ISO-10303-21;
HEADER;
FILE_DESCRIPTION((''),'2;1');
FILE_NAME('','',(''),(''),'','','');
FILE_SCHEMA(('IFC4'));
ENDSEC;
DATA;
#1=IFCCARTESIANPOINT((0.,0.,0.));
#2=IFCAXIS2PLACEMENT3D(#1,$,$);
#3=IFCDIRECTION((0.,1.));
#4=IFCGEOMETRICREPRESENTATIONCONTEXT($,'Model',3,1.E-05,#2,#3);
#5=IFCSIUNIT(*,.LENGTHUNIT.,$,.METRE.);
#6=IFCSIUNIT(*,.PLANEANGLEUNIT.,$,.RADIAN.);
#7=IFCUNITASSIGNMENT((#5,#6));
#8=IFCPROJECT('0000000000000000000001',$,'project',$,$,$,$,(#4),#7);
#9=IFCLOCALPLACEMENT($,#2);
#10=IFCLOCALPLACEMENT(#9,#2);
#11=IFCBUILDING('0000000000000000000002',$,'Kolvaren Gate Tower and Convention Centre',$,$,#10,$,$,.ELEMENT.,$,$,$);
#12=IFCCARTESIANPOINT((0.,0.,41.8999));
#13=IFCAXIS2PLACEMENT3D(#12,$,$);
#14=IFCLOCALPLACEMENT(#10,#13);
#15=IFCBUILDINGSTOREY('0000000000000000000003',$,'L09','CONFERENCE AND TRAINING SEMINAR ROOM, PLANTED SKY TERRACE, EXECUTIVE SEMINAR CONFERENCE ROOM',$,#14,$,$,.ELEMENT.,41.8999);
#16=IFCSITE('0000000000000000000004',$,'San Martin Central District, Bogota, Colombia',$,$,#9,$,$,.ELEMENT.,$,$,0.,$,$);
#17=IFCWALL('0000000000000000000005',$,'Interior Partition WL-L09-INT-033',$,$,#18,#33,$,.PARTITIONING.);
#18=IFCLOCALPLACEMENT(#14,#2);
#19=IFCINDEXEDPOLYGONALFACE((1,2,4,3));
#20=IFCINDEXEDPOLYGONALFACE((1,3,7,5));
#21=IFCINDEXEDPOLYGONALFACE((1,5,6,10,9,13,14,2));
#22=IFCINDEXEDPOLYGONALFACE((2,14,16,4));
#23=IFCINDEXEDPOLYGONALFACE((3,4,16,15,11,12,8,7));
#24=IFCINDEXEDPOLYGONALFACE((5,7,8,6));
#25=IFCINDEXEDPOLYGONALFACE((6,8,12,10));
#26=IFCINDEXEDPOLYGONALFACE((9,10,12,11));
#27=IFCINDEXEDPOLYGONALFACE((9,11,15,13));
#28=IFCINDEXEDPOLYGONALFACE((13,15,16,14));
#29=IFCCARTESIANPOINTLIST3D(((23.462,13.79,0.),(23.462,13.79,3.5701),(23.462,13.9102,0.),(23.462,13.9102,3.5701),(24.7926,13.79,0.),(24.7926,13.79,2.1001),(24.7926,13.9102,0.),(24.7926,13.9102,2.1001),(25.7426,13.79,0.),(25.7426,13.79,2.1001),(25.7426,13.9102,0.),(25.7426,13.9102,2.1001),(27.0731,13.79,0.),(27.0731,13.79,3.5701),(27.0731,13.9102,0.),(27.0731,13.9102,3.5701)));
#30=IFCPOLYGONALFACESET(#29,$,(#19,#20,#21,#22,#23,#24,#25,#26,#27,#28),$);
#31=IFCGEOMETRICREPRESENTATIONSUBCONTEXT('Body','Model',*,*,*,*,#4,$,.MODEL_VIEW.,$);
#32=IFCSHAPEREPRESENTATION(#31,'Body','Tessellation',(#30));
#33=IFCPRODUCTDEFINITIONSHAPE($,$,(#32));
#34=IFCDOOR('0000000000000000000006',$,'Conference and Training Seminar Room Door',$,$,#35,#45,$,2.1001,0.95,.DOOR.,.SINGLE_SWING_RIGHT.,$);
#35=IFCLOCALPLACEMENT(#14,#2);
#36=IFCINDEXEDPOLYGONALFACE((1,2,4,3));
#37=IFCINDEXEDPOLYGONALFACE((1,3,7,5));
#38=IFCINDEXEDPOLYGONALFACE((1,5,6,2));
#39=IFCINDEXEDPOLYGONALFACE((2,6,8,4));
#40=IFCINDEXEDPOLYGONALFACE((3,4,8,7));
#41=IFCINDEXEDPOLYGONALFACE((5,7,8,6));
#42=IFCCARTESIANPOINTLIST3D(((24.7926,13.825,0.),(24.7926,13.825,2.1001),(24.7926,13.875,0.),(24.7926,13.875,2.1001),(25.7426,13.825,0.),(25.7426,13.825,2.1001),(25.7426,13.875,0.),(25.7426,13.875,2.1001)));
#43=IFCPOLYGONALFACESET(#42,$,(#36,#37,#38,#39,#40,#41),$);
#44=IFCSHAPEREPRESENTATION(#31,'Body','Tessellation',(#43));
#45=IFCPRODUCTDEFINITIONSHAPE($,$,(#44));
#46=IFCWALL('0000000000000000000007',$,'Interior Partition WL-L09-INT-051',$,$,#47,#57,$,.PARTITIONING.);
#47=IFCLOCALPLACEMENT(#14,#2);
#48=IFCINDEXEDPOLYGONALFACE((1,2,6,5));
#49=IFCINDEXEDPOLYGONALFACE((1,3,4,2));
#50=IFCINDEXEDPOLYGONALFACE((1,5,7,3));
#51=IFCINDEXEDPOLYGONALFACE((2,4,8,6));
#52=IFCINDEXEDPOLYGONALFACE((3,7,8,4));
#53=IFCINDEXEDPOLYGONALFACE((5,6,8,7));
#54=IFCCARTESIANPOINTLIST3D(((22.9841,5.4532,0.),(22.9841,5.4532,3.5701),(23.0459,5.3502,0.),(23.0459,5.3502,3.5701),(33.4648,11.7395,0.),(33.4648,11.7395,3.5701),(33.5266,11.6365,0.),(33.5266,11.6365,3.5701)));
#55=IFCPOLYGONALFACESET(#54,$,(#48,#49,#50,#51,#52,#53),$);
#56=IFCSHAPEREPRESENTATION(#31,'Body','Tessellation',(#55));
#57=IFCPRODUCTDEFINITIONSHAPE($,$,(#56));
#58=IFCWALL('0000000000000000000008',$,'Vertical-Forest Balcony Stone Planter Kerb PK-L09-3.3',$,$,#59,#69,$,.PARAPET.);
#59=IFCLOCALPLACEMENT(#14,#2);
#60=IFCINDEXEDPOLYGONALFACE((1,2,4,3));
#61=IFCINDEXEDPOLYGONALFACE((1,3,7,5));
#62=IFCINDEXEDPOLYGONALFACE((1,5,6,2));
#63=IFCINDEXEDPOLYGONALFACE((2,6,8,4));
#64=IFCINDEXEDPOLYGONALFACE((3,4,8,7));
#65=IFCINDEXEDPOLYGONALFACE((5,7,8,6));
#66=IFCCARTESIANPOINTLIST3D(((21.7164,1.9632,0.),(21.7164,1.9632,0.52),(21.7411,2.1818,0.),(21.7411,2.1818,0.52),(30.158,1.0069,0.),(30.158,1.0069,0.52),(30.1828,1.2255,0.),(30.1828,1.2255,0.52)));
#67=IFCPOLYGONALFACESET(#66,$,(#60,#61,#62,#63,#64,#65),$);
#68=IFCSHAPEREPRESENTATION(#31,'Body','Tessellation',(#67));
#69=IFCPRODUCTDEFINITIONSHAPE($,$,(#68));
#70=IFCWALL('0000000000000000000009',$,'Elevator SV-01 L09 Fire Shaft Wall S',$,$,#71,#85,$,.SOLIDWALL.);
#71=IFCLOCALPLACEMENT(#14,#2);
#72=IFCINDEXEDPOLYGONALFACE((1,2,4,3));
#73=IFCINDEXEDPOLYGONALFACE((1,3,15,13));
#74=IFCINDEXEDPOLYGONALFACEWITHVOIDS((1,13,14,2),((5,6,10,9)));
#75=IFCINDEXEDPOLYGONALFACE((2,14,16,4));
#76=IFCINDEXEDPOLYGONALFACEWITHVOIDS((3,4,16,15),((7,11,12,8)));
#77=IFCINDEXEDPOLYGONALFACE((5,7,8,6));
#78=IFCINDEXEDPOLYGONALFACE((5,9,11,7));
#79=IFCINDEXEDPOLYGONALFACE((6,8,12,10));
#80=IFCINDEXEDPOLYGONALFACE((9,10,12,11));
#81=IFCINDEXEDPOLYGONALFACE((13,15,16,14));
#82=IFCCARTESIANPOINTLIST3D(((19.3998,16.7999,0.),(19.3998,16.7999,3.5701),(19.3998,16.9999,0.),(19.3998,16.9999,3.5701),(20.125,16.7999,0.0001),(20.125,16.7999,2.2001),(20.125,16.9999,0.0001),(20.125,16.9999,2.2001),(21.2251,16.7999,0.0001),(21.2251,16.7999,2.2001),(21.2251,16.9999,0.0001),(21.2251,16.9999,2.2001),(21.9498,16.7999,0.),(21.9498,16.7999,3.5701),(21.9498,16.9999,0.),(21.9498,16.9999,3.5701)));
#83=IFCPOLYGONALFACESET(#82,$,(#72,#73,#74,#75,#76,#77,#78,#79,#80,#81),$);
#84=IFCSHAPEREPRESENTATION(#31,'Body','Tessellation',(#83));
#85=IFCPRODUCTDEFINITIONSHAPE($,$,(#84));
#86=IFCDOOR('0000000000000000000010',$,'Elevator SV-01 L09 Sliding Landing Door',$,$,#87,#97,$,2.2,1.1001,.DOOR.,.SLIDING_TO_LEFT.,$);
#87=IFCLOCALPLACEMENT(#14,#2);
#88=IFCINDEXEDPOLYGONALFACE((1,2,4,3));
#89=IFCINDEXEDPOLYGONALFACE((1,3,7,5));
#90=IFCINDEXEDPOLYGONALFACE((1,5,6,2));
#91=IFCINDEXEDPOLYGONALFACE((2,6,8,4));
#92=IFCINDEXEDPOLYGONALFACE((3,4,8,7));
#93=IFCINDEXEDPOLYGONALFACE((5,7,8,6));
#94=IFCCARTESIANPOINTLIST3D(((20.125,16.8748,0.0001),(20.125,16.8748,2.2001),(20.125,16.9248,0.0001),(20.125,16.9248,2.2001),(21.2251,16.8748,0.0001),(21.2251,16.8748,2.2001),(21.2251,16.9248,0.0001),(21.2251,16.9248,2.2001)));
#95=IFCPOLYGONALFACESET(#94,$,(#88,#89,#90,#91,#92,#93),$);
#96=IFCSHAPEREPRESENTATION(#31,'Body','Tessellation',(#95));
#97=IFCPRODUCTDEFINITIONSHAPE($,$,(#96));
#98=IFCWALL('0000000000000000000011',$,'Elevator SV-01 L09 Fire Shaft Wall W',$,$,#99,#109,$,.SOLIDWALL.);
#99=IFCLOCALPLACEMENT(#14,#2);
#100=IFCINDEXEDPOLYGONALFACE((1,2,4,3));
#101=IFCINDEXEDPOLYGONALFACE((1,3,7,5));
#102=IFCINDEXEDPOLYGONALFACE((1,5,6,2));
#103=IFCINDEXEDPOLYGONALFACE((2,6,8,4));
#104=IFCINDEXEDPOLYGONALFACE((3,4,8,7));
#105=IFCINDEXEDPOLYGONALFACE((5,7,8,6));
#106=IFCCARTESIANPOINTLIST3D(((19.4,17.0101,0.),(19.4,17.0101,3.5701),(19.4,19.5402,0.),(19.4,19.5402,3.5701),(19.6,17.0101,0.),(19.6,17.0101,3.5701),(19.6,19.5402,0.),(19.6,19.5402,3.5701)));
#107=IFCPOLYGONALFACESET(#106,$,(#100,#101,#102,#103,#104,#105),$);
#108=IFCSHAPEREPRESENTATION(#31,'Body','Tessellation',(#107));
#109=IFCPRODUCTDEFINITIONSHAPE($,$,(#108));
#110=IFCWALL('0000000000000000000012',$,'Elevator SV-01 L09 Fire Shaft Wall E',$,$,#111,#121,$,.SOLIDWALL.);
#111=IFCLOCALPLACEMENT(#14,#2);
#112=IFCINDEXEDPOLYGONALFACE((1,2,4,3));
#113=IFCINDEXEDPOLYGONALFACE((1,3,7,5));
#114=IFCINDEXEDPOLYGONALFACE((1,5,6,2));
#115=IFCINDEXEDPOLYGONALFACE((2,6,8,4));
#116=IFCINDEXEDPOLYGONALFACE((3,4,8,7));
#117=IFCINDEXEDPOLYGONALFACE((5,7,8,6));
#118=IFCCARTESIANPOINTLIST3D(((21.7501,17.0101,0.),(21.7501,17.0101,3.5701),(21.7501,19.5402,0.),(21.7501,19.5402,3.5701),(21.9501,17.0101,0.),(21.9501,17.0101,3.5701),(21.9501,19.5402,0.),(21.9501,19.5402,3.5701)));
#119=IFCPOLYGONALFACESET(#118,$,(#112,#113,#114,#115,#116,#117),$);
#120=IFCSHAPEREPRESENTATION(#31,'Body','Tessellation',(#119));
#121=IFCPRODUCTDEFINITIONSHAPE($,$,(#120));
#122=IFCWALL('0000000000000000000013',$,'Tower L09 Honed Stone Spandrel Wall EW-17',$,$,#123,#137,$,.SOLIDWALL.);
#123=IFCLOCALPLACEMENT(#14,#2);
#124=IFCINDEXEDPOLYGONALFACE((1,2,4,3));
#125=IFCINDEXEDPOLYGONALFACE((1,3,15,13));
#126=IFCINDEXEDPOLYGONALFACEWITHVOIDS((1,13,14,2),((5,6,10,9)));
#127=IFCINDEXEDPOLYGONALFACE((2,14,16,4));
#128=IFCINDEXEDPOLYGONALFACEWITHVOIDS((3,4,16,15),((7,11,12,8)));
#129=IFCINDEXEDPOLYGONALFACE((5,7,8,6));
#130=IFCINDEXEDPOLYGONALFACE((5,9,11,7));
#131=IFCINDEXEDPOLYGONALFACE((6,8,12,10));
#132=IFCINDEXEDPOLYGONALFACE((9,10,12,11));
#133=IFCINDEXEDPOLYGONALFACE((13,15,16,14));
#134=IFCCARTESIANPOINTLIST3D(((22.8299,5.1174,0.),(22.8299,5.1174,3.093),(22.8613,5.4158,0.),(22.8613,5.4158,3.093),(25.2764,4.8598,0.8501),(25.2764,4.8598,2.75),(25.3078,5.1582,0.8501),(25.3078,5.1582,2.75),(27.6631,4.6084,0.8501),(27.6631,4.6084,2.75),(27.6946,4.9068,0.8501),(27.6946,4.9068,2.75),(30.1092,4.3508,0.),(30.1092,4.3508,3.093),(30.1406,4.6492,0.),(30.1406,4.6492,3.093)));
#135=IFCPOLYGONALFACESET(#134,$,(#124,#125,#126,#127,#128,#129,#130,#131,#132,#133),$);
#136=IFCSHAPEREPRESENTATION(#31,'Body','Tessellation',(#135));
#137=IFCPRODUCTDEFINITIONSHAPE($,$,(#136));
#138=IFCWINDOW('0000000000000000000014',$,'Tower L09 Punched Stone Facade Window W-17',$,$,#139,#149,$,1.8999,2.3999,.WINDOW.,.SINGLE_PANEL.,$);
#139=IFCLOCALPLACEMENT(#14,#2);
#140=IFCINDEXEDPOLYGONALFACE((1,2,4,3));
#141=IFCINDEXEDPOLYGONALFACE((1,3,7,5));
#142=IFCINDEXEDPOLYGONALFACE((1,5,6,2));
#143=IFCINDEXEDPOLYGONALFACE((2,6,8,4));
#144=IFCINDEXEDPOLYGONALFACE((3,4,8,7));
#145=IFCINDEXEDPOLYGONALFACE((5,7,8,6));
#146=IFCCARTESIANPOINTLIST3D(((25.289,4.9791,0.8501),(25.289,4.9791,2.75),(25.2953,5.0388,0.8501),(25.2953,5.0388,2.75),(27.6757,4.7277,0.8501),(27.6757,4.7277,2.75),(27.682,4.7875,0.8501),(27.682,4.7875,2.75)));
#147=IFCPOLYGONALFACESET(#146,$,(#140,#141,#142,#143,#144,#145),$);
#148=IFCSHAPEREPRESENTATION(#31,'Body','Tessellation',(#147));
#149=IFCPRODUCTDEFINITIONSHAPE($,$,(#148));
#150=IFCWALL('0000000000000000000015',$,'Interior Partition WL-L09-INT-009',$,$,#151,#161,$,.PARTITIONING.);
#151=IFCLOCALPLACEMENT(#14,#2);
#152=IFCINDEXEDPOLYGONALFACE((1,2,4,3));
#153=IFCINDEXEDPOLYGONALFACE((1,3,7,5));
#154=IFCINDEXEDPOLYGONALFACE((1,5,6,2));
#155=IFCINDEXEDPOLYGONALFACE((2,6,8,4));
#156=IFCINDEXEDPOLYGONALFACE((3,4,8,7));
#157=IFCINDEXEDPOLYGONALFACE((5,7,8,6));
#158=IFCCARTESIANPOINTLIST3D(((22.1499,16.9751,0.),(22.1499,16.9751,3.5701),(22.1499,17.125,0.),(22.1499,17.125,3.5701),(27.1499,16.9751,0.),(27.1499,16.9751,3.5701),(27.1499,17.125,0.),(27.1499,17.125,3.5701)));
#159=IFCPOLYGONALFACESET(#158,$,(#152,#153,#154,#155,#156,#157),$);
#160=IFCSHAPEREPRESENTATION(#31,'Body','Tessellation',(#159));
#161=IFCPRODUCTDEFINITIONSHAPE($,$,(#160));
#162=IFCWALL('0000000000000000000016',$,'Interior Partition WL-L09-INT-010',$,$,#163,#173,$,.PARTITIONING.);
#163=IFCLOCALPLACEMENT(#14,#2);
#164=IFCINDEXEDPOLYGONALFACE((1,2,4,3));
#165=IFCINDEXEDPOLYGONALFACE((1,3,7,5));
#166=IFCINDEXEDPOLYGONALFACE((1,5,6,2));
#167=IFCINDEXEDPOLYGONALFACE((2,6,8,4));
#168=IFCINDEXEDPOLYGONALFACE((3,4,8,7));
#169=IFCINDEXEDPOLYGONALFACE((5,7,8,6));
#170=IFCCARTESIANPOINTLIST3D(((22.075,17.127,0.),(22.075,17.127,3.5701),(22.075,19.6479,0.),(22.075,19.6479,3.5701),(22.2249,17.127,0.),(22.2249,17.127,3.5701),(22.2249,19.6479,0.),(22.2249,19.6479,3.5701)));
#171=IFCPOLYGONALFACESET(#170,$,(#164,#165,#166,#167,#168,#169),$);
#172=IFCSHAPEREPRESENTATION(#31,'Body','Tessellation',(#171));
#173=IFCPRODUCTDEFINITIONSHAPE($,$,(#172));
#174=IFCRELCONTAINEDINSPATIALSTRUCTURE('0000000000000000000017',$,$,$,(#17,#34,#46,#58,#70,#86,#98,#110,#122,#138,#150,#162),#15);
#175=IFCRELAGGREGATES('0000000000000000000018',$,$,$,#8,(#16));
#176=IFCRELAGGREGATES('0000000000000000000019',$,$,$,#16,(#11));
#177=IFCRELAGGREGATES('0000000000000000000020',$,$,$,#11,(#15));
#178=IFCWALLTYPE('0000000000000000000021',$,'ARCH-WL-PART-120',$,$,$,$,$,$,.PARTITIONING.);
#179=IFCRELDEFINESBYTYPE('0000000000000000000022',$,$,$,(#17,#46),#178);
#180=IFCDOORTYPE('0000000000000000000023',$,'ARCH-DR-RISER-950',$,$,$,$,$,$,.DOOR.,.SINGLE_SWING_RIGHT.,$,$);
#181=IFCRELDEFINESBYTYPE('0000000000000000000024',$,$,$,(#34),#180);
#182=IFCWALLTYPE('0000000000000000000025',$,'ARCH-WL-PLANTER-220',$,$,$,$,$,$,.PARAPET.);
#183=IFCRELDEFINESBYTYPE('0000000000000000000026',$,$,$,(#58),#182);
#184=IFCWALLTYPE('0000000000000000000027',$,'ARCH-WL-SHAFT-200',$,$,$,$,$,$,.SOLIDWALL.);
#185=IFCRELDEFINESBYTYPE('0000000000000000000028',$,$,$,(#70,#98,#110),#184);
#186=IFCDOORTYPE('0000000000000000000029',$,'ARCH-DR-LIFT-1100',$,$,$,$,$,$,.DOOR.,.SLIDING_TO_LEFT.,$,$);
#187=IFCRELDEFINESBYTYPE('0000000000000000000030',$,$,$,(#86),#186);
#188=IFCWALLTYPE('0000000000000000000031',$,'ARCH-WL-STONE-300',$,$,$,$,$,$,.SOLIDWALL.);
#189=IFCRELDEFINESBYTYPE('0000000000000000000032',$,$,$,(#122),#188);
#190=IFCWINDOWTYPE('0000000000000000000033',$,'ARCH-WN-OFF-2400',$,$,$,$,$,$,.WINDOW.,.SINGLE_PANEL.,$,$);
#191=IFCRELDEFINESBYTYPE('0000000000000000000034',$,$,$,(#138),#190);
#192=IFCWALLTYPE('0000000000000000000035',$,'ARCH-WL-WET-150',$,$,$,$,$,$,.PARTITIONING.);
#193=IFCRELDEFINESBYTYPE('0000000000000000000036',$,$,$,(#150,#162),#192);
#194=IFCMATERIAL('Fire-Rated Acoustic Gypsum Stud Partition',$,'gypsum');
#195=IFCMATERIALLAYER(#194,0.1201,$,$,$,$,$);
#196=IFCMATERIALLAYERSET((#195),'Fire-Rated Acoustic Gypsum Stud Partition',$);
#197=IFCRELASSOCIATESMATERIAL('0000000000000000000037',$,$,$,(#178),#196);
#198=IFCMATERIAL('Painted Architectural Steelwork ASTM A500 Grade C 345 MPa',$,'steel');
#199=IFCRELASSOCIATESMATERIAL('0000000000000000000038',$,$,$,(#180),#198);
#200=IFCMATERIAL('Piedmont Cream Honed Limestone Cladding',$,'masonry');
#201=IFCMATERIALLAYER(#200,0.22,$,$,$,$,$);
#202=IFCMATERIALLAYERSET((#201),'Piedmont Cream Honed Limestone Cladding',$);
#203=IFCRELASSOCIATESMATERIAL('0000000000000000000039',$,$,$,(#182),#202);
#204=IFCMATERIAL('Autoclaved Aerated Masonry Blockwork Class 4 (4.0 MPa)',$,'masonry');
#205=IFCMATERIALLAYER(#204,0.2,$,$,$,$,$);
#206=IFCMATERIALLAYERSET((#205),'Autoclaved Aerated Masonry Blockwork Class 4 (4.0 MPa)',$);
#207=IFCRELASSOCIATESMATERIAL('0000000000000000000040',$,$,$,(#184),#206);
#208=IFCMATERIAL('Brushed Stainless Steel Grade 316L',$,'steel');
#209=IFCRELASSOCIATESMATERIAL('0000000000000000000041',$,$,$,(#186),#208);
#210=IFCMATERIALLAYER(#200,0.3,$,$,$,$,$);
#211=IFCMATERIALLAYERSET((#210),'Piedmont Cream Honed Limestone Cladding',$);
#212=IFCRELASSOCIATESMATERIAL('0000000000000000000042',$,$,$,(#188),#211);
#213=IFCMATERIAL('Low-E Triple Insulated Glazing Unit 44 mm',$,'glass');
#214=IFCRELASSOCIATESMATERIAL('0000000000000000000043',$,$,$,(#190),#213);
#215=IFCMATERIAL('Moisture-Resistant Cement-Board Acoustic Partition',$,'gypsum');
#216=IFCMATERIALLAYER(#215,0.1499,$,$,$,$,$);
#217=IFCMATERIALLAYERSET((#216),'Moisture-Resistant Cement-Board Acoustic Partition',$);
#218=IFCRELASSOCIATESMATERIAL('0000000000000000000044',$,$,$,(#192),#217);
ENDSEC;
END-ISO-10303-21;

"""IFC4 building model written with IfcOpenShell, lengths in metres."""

from ifc_helpers import new_model, si_unit, direction, frame, frame_2d, origin, place, context, subcontext, project, spatial, rectangle, extrude, material, layer, layer_set, type_object, element, fill, save


model = new_model("IFC4")

# Units and contexts
model_context = context("Model", 3, precision=1e-05, world=origin(), true_north=direction((0.0, 1.0)))
body_context = subcontext(model_context, "Body", "Model", "MODEL_VIEW")
ifc_project = project(units=[si_unit("LENGTHUNIT", "METRE"), si_unit("PLANEANGLEUNIT", "RADIAN")], contexts=[model_context])

# Site, building, storey
site_placement = place(None, origin())
site = spatial("IfcSite", under=ifc_project, at=site_placement, Name="San Martin Central District, Bogota, Colombia", CompositionType="ELEMENT", RefElevation=0.0)
building_placement = place(site_placement, origin())
building = spatial("IfcBuilding", under=site, at=building_placement, Name="Kolvaren Gate Tower and Convention Centre", CompositionType="ELEMENT")
storey_placement = place(building_placement, frame((0.0, 0.0, 41.8999)))
storey = spatial("IfcBuildingStorey", under=building, at=storey_placement, Name="L09", Description="CONFERENCE AND TRAINING SEMINAR ROOM, PLANTED SKY TERRACE, EXECUTIVE SEMINAR CONFERENCE ROOM", CompositionType="ELEMENT", Elevation=41.8999)

# Shared definitions
ifc_material_1 = material(Name="Fire-Rated Acoustic Gypsum Stud Partition", Category="gypsum")
ifc_layer_1 = layer(ifc_material_1, 0.1201)
ifc_layer_set_1 = layer_set([ifc_layer_1], Name="Fire-Rated Acoustic Gypsum Stud Partition")
wall_type_1 = type_object("IfcWallType", Name="ARCH-WL-PART-120", PredefinedType="PARTITIONING", material=ifc_layer_set_1)

# Shared definitions
ifc_material_2 = material(Name="Painted Architectural Steelwork ASTM A500 Grade C 345 MPa", Category="steel")
door_type_1 = type_object("IfcDoorType", Name="ARCH-DR-RISER-950", OperationType="SINGLE_SWING_RIGHT", PredefinedType="DOOR", material=ifc_material_2)

# Wall, opening, door
wall_1_placement = place(storey_placement, frame((23.4619, 13.8501, 0.0), z_axis=(0.0, 0.0, 1.0), x_axis=(1.0, 0.0, 0.0)))
wall_1 = element("IfcWall", 1, at=wall_1_placement, inside=storey, type_object=wall_type_1, Name="Interior Partition WL-L09-INT-033", PredefinedType="PARTITIONING", context=body_context, shape_type="SweptSolid", body=[
    extrude(rectangle(XDim=3.6111, YDim=0.1201, at=frame_2d((1.8057, 0.0))), origin(), (0.0, 0.0, 1.0), 3.5701),
])
opening_1_placement = place(wall_1_placement, frame((1.3306, 0.0, 0.0)))
opening_1 = element("IfcOpeningElement", 2, at=opening_1_placement, cuts=wall_1, PredefinedType="OPENING", context=body_context, shape_type="SweptSolid", body=[
    extrude(rectangle(XDim=0.95, YDim=2.1001, at=frame_2d((0.4751, 1.05))), frame((0.0, 0.0701, 0.0), z_axis=(0.0, -1.0, 0.0), x_axis=(1.0, 0.0, 0.0)), (0.0, 0.0, 1.0), 0.1401),
])
door_1_placement = place(opening_1_placement, origin())
door_1 = element("IfcDoor", 3, at=door_1_placement, inside=storey, type_object=door_type_1, Name="Conference and Training Seminar Room Door", OperationType="SINGLE_SWING_RIGHT", OverallHeight=2.1001, OverallWidth=0.95, PredefinedType="DOOR", context=body_context, shape_type="SweptSolid", body=[
    extrude(rectangle(XDim=0.95, YDim=2.1001, at=frame_2d((0.4751, 1.05))), frame((0.0, 0.0249, 0.0), z_axis=(0.0, -1.0, 0.0), x_axis=(1.0, 0.0, 0.0)), (0.0, 0.0, 1.0), 0.05),
])
fill(opening_1, door_1)

# Walls
wall_2_placement = place(storey_placement, frame((23.0149, 5.4016, 0.0), z_axis=(0.0, 0.0, 1.0), x_axis=(0.857567, 0.514372, 0.0)))
element("IfcWall", 4, at=wall_2_placement, inside=storey, type_object=wall_type_1, Name="Interior Partition WL-L09-INT-051", PredefinedType="PARTITIONING", context=body_context, shape_type="SweptSolid", body=[
    extrude(rectangle(XDim=12.2214, YDim=0.1201, at=frame_2d((6.1108, 0.0))), origin(), (0.0, 0.0, 1.0), 3.5701),
])
ifc_material_3 = material(Name="Piedmont Cream Honed Limestone Cladding", Category="masonry")
ifc_layer_2 = layer(ifc_material_3, 0.22)
ifc_layer_set_2 = layer_set([ifc_layer_2], Name="Piedmont Cream Honed Limestone Cladding")
wall_type_2 = type_object("IfcWallType", Name="ARCH-WL-PLANTER-220", PredefinedType="PARAPET", material=ifc_layer_set_2)
wall_3_placement = place(storey_placement, frame((21.7288, 2.0725, 0.0), z_axis=(0.0, 0.0, 1.0), x_axis=(0.993645, -0.112563, 0.0)))
element("IfcWall", 5, at=wall_3_placement, inside=storey, type_object=wall_type_2, Name="Vertical-Forest Balcony Stone Planter Kerb PK-L09-3.3", PredefinedType="PARAPET", context=body_context, shape_type="SweptSolid", body=[
    extrude(rectangle(XDim=8.4956, YDim=0.22, at=frame_2d((4.2478, 0.0))), origin(), (0.0, 0.0, 1.0), 0.52),
])

# Wall, opening, door
ifc_material_4 = material(Name="Autoclaved Aerated Masonry Blockwork Class 4 (4.0 MPa)", Category="masonry")
ifc_layer_3 = layer(ifc_material_4, 0.2)
ifc_layer_set_3 = layer_set([ifc_layer_3], Name="Autoclaved Aerated Masonry Blockwork Class 4 (4.0 MPa)")
wall_type_3 = type_object("IfcWallType", Name="ARCH-WL-SHAFT-200", PredefinedType="SOLIDWALL", material=ifc_layer_set_3)
wall_4_placement = place(storey_placement, frame((19.3999, 16.8999, 0.0), z_axis=(0.0, 0.0, 1.0), x_axis=(1.0, 0.0, 0.0)))
wall_4 = element("IfcWall", 6, at=wall_4_placement, inside=storey, type_object=wall_type_3, Name="Elevator SV-01 L09 Fire Shaft Wall S", PredefinedType="SOLIDWALL", context=body_context, shape_type="SweptSolid", body=[
    extrude(rectangle(XDim=2.55, YDim=0.2, at=frame_2d((1.2749, 0.0))), origin(), (0.0, 0.0, 1.0), 3.5701),
])
opening_2_placement = place(wall_4_placement, frame((0.7251, 0.0, 0.0)))
opening_2 = element("IfcOpeningElement", 7, at=opening_2_placement, cuts=wall_4, PredefinedType="OPENING", context=body_context, shape_type="SweptSolid", body=[
    extrude(rectangle(XDim=1.1001, YDim=2.2, at=frame_2d((0.55, 1.1001))), frame((0.0, 0.1099, 0.0), z_axis=(0.0, -1.0, 0.0), x_axis=(1.0, 0.0, 0.0)), (0.0, 0.0, 1.0), 0.22),
])
ifc_material_5 = material(Name="Brushed Stainless Steel Grade 316L", Category="steel")
door_type_2 = type_object("IfcDoorType", Name="ARCH-DR-LIFT-1100", OperationType="SLIDING_TO_LEFT", PredefinedType="DOOR", material=ifc_material_5)
door_2_placement = place(opening_2_placement, origin())
door_2 = element("IfcDoor", 8, at=door_2_placement, inside=storey, type_object=door_type_2, Name="Elevator SV-01 L09 Sliding Landing Door", OperationType="SLIDING_TO_LEFT", OverallHeight=2.2, OverallWidth=1.1001, PredefinedType="DOOR", context=body_context, shape_type="SweptSolid", body=[
    extrude(rectangle(XDim=1.1001, YDim=2.2, at=frame_2d((0.55, 1.1001))), frame((0.0, 0.0249, 0.0), z_axis=(0.0, -1.0, 0.0), x_axis=(1.0, 0.0, 0.0)), (0.0, 0.0, 1.0), 0.05),
])
fill(opening_2, door_2)

# Walls
for number, where, z_axis, x_axis, name in (
    (9, (19.5, 17.01, 0.0), (0.0, 0.0, 1.0), (0.0, 1.0, 0.0), "Elevator SV-01 L09 Fire Shaft Wall W"),
    (10, (21.8501, 17.01, 0.0), (0.0, 0.0, 1.0), (0.0, 1.0, 0.0), "Elevator SV-01 L09 Fire Shaft Wall E"),
):
    element("IfcWall", number, at=place(storey_placement, frame(where, z_axis=z_axis, x_axis=x_axis)), inside=storey, type_object=wall_type_3, Name=name, PredefinedType="SOLIDWALL", context=body_context, shape_type="SweptSolid", body=[
        extrude(rectangle(XDim=2.53, YDim=0.2, at=frame_2d((1.2651, 0.0))), origin(), (0.0, 0.0, 1.0), 3.5701),
    ])

# Wall, opening, window
ifc_layer_4 = layer(ifc_material_3, 0.3)
ifc_layer_set_4 = layer_set([ifc_layer_4], Name="Piedmont Cream Honed Limestone Cladding")
wall_type_4 = type_object("IfcWallType", Name="ARCH-WL-STONE-300", PredefinedType="SOLIDWALL", material=ifc_layer_set_4)
wall_5_placement = place(storey_placement, frame((22.8457, 5.2666, 0.0), z_axis=(0.0, 0.0, 1.0), x_axis=(0.9945, -0.104733, 0.0)))
wall_5 = element("IfcWall", 11, at=wall_5_placement, inside=storey, type_object=wall_type_4, Name="Tower L09 Honed Stone Spandrel Wall EW-17", PredefinedType="SOLIDWALL", context=body_context, shape_type="SweptSolid", body=[
    extrude(rectangle(XDim=7.3196, YDim=0.3, at=frame_2d((3.6597, 0.0))), origin(), (0.0, 0.0, 1.0), 3.093),
])
opening_3_placement = place(wall_5_placement, frame((2.46, 0.0, 0.8501)))
opening_3 = element("IfcOpeningElement", 12, at=opening_3_placement, cuts=wall_5, PredefinedType="OPENING", context=body_context, shape_type="SweptSolid", body=[
    extrude(rectangle(XDim=2.3999, YDim=1.8999, at=frame_2d((1.2, 0.95))), frame((0.0, 0.1599, 0.0), z_axis=(0.0, -1.0, 0.0), x_axis=(1.0, 0.0, 0.0)), (0.0, 0.0, 1.0), 0.3201),
])
ifc_material_6 = material(Name="Low-E Triple Insulated Glazing Unit 44 mm", Category="glass")
window_type = type_object("IfcWindowType", Name="ARCH-WN-OFF-2400", PartitioningType="SINGLE_PANEL", PredefinedType="WINDOW", material=ifc_material_6)
window_placement = place(opening_3_placement, origin())
window = element("IfcWindow", 13, at=window_placement, inside=storey, type_object=window_type, Name="Tower L09 Punched Stone Facade Window W-17", OverallHeight=1.8999, OverallWidth=2.3999, PartitioningType="SINGLE_PANEL", PredefinedType="WINDOW", context=body_context, shape_type="SweptSolid", body=[
    extrude(rectangle(XDim=2.3999, YDim=1.8999, at=frame_2d((1.2, 0.95))), frame((0.0, 0.03, 0.0), z_axis=(0.0, -1.0, 0.0), x_axis=(1.0, 0.0, 0.0)), (0.0, 0.0, 1.0), 0.0601),
])
fill(opening_3, window)

# Walls
ifc_material_7 = material(Name="Moisture-Resistant Cement-Board Acoustic Partition", Category="gypsum")
ifc_layer_5 = layer(ifc_material_7, 0.1499)
ifc_layer_set_5 = layer_set([ifc_layer_5], Name="Moisture-Resistant Cement-Board Acoustic Partition")
wall_type_5 = type_object("IfcWallType", Name="ARCH-WL-WET-150", PredefinedType="PARTITIONING", material=ifc_layer_set_5)
wall_6_placement = place(storey_placement, frame((22.1499, 17.05, 0.0), z_axis=(0.0, 0.0, 1.0), x_axis=(1.0, 0.0, 0.0)))
element("IfcWall", 14, at=wall_6_placement, inside=storey, type_object=wall_type_5, Name="Interior Partition WL-L09-INT-009", PredefinedType="PARTITIONING", context=body_context, shape_type="SweptSolid", body=[
    extrude(rectangle(XDim=5.0, YDim=0.1499, at=frame_2d((2.5, 0.0))), origin(), (0.0, 0.0, 1.0), 3.5701),
])
wall_7_placement = place(storey_placement, frame((22.1499, 17.127, 0.0), z_axis=(0.0, 0.0, 1.0), x_axis=(0.0, 1.0, 0.0)))
element("IfcWall", 15, at=wall_7_placement, inside=storey, type_object=wall_type_5, Name="Interior Partition WL-L09-INT-010", PredefinedType="PARTITIONING", context=body_context, shape_type="SweptSolid", body=[
    extrude(rectangle(XDim=2.521, YDim=0.1499, at=frame_2d((1.2605, 0.0))), origin(), (0.0, 0.0, 1.0), 3.5701),
])

save(model, "model.ifc")
